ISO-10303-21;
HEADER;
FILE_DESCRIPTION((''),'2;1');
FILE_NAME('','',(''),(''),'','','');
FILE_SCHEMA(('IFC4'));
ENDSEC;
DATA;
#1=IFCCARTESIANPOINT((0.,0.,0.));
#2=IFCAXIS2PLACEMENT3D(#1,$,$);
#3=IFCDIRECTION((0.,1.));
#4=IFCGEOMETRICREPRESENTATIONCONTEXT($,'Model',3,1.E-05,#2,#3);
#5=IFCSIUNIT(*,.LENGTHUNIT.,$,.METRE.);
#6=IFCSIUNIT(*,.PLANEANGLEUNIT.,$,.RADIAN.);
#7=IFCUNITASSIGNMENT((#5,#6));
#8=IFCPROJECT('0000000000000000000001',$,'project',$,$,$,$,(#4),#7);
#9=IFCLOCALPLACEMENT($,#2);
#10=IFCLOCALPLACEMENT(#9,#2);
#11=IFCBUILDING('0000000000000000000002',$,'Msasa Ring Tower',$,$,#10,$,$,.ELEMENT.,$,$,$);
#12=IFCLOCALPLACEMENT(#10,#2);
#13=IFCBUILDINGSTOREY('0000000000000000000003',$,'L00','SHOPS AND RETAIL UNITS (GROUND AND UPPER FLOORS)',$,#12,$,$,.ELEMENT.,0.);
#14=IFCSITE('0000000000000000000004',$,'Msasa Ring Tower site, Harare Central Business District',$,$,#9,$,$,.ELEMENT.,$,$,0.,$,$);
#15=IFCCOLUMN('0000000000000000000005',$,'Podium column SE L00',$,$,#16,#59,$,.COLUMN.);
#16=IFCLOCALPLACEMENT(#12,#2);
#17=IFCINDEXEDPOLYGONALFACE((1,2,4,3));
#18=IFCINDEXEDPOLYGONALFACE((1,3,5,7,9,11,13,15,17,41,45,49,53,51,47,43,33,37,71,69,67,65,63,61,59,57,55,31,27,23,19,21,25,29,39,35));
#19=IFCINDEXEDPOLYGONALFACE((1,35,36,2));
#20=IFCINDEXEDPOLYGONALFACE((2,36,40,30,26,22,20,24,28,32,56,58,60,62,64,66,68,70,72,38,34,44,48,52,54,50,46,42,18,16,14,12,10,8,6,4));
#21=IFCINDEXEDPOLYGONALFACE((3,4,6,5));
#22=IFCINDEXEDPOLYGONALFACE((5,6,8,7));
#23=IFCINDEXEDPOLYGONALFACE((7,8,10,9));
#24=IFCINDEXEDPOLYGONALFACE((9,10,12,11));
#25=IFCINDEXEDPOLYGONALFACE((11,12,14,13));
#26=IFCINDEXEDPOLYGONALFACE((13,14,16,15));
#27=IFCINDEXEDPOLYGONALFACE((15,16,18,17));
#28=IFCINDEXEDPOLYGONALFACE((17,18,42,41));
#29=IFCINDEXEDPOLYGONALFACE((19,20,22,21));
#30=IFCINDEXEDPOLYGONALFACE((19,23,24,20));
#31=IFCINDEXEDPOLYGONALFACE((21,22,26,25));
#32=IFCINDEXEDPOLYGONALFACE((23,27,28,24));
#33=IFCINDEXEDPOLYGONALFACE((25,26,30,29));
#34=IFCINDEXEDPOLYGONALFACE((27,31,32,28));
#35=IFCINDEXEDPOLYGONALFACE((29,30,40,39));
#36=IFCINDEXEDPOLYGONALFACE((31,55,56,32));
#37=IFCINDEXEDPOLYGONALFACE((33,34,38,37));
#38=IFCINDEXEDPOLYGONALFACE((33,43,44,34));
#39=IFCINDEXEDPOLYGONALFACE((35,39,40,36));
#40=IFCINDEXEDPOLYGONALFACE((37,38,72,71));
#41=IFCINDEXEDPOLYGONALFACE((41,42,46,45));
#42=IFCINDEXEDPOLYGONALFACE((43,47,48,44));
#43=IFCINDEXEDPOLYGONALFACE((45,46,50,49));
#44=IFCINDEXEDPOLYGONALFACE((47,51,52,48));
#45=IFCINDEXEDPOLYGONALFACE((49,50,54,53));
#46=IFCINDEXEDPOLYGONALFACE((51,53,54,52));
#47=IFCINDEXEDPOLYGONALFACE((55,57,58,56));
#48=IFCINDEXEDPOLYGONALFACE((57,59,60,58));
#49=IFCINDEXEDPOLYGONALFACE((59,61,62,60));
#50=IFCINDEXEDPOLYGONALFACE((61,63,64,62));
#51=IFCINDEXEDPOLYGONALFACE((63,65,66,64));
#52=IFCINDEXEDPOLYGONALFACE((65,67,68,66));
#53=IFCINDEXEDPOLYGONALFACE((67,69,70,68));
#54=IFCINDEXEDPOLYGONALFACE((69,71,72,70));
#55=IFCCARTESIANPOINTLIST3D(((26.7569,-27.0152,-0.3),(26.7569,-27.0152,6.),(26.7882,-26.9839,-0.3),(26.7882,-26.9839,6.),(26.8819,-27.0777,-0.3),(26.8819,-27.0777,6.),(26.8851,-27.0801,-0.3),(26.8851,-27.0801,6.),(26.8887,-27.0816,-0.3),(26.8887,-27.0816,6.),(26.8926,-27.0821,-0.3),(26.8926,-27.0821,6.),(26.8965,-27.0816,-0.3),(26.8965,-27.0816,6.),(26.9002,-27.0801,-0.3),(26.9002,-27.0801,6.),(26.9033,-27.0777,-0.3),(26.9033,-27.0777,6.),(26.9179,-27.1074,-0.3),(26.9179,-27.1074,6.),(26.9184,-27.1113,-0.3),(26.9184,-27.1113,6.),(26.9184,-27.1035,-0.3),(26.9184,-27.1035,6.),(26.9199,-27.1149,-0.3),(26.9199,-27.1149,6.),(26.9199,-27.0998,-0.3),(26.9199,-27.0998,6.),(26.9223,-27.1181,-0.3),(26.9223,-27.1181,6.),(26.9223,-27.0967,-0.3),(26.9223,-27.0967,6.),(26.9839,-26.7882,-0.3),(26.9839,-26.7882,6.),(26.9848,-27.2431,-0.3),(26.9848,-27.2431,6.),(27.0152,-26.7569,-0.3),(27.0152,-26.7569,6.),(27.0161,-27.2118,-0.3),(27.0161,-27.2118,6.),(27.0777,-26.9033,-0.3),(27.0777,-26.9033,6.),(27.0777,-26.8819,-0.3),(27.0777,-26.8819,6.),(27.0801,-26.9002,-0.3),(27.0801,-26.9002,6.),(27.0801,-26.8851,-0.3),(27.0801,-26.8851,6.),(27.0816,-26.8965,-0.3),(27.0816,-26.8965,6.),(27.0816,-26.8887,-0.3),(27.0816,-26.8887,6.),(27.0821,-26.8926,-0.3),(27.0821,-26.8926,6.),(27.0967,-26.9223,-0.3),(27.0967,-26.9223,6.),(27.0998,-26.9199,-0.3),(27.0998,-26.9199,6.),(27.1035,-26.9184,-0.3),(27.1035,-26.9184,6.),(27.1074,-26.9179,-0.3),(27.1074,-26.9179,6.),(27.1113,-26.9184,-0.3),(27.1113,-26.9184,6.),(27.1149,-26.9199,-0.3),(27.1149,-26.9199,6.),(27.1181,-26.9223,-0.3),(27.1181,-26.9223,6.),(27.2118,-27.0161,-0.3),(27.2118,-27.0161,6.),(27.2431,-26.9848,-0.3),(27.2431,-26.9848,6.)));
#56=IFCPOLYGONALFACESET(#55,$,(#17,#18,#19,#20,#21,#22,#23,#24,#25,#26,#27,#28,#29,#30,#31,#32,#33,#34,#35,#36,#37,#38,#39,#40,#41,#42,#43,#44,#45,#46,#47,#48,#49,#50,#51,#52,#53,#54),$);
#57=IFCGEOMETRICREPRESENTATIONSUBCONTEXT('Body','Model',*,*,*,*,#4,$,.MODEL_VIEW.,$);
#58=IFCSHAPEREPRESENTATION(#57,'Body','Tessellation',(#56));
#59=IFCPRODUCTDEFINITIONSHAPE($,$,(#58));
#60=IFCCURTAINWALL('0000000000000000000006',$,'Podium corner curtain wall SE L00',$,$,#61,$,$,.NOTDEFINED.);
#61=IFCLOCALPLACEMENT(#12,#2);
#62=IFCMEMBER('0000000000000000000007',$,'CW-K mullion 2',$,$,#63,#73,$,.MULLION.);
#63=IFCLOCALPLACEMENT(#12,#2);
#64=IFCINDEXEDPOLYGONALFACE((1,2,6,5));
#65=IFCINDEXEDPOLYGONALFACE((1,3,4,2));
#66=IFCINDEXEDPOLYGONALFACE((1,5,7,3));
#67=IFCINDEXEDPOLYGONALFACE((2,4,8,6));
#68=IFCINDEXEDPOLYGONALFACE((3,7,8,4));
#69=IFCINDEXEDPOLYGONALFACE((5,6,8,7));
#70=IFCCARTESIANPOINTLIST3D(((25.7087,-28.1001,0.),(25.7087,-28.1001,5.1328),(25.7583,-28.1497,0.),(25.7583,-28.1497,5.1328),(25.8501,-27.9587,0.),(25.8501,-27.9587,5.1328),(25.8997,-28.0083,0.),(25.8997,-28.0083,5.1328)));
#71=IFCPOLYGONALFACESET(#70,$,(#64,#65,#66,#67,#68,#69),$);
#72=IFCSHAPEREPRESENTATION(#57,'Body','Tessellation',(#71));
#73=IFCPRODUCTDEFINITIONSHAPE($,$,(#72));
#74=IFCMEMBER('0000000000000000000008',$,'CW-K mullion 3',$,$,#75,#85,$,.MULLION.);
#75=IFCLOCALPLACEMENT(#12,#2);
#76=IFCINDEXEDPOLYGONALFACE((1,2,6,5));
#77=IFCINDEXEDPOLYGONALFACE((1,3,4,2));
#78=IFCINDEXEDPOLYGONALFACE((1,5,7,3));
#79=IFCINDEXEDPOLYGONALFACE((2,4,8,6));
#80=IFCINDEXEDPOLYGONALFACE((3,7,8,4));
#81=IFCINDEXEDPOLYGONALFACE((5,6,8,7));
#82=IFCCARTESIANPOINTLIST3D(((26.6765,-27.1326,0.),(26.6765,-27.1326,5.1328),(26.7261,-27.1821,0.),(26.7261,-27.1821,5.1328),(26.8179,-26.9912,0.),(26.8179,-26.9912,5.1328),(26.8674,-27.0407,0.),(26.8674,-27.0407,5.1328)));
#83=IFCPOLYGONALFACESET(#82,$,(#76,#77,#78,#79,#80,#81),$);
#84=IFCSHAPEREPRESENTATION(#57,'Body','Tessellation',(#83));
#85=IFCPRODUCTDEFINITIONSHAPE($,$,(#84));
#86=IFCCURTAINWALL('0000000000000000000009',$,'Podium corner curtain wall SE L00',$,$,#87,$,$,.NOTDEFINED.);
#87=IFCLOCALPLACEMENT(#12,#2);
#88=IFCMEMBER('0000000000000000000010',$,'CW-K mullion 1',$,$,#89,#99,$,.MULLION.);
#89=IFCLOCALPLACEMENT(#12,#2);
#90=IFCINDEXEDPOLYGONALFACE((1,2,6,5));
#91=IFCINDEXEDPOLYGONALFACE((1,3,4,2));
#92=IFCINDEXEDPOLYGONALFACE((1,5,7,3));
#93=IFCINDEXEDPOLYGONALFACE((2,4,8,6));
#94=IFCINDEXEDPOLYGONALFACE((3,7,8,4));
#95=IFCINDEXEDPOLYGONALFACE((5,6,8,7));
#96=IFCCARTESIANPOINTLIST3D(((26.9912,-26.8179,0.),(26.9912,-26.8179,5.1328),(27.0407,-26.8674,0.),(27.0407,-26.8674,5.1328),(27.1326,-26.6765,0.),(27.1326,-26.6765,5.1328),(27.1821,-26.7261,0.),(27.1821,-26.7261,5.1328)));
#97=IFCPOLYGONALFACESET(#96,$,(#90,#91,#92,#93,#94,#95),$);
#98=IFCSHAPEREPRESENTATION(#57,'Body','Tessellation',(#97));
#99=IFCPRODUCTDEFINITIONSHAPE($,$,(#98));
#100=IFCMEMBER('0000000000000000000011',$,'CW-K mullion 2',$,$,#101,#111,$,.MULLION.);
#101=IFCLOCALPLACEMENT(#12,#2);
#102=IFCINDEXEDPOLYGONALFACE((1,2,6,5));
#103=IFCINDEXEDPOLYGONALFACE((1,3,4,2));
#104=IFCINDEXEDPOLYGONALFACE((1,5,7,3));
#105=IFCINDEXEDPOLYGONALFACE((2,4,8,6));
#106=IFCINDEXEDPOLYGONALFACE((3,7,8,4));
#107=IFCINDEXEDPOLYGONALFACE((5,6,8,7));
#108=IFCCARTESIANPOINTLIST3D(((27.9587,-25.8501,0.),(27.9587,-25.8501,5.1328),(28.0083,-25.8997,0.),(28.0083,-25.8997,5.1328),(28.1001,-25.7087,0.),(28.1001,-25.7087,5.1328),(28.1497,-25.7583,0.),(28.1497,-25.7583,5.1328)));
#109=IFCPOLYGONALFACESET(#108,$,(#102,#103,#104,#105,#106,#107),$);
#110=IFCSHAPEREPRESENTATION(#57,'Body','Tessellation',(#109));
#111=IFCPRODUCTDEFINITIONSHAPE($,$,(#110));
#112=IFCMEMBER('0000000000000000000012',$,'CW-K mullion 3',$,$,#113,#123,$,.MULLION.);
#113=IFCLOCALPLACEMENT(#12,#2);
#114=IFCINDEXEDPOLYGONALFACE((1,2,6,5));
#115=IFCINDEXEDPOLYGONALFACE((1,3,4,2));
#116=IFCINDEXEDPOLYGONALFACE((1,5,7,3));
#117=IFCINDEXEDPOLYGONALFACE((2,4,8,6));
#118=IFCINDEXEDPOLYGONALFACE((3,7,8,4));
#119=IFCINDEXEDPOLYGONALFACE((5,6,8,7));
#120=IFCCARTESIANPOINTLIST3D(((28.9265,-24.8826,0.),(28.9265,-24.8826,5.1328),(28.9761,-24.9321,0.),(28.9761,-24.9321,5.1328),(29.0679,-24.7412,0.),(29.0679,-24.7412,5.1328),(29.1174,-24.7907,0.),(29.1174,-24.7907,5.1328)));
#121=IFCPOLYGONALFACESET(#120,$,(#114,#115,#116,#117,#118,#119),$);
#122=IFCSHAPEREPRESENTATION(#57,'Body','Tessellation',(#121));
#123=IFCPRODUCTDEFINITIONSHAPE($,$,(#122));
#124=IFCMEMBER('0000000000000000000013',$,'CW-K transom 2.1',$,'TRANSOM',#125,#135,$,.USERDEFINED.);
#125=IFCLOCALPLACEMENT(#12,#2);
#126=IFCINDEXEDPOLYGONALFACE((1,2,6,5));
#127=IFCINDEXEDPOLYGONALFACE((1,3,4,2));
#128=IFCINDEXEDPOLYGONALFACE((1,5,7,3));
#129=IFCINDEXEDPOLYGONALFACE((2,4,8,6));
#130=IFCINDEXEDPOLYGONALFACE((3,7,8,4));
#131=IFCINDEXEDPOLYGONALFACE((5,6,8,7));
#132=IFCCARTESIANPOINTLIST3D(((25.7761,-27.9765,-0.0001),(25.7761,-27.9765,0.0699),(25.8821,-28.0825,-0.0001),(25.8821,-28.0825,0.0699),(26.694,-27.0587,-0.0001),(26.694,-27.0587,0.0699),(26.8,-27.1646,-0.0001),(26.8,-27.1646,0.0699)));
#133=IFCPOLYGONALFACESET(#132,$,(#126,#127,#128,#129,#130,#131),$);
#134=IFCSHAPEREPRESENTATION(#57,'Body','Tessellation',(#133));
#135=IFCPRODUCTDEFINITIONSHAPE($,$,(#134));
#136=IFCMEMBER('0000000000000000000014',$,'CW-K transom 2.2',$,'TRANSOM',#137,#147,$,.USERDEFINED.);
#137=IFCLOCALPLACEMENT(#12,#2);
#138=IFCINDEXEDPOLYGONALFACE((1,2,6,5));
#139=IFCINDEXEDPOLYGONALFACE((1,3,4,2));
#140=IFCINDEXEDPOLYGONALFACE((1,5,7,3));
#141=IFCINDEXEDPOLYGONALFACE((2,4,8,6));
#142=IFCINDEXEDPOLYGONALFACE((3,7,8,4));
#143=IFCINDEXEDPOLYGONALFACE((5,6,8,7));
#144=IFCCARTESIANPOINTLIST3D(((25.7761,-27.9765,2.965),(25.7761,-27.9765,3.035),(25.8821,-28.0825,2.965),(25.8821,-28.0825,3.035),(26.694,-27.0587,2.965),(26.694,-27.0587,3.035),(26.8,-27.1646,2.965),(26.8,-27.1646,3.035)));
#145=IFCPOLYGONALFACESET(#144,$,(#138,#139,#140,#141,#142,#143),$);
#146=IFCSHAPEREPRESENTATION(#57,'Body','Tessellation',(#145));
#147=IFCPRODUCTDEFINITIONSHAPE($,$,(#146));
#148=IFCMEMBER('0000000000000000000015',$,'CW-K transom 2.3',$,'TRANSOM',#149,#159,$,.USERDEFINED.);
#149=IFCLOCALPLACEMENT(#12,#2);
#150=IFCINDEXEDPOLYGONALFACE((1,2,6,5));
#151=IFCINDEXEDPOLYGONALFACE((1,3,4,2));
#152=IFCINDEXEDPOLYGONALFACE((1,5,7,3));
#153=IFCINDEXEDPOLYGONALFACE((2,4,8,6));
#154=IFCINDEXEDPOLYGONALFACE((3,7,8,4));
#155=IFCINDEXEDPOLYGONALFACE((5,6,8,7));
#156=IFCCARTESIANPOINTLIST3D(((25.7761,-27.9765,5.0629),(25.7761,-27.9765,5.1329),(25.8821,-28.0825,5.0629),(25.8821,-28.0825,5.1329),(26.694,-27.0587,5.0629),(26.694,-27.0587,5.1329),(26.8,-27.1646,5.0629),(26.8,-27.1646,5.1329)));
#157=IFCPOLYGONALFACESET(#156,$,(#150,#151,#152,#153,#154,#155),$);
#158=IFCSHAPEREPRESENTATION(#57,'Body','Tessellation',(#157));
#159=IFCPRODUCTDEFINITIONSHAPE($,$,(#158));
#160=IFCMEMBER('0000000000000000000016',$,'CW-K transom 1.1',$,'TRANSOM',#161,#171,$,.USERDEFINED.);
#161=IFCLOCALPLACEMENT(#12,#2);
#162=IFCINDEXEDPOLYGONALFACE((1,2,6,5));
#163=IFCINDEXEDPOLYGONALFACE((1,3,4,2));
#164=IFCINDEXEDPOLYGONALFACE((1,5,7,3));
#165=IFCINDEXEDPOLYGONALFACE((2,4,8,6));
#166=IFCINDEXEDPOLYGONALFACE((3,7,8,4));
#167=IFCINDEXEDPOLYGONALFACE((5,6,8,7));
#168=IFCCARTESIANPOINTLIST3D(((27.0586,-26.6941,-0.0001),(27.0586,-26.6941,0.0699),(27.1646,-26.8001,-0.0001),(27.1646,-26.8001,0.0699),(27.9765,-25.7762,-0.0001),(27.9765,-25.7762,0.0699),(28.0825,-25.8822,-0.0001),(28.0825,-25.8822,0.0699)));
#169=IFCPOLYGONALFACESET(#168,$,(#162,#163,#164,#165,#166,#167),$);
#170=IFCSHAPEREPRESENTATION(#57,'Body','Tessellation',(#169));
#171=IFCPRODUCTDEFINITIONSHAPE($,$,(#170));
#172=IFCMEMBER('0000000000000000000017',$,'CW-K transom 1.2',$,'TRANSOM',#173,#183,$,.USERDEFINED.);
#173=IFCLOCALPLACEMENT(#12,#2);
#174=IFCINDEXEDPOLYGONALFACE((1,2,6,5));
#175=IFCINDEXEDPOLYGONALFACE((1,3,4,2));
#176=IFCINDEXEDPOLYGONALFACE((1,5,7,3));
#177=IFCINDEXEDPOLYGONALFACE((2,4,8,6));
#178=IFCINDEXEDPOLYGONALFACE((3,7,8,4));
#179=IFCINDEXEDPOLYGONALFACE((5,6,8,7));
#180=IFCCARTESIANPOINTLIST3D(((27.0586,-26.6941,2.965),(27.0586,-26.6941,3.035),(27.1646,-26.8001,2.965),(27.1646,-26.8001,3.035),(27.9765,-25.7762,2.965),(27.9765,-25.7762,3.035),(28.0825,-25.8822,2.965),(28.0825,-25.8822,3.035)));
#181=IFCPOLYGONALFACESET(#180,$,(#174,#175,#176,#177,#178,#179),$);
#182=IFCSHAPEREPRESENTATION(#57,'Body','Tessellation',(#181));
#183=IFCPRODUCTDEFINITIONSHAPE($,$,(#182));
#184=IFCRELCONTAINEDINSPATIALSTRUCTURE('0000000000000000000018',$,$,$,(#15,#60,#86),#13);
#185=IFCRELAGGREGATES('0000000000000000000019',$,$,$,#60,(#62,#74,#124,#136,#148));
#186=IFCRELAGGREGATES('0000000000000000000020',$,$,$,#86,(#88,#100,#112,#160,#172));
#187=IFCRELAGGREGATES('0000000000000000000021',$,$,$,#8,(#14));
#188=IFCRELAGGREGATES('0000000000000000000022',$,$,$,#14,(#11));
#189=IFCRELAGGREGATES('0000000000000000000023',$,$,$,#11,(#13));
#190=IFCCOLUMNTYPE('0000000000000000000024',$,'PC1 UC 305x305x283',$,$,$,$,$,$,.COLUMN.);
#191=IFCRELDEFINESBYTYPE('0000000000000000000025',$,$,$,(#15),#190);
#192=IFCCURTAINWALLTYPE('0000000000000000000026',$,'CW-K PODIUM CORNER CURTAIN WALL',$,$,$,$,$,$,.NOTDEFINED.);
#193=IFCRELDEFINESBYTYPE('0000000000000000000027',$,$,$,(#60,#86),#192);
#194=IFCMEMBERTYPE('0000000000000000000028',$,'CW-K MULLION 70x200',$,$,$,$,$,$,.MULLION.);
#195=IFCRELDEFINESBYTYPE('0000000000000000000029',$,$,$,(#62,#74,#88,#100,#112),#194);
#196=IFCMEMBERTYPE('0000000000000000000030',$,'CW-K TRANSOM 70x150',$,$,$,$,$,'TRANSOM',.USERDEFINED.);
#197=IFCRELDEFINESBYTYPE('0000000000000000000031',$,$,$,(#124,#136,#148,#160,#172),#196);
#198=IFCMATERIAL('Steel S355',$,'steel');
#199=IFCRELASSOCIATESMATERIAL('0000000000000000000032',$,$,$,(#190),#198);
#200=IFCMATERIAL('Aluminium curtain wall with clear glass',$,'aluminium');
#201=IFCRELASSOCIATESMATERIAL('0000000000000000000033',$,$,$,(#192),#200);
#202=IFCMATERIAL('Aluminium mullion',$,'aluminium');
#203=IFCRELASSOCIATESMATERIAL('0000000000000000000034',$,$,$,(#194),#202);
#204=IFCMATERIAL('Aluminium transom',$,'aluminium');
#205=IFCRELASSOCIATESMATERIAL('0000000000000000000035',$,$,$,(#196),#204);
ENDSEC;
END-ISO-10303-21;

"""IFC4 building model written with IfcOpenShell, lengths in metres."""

from ifc_helpers import new_model, si_unit, direction, frame, origin, origin_2d, place, context, subcontext, project, spatial, rectangle, i_section, extrude, material, material_profile, profile_set, type_object, element, aggregate, save


model = new_model("IFC4")

# Units and contexts
model_context = context("Model", 3, precision=1e-05, world=origin(), true_north=direction((0.0, 1.0)))
body_context = subcontext(model_context, "Body", "Model", "MODEL_VIEW")
ifc_project = project(units=[si_unit("LENGTHUNIT", "METRE"), si_unit("PLANEANGLEUNIT", "RADIAN")], contexts=[model_context])

# Site, building, storey
site_placement = place(None, origin())
site = spatial("IfcSite", under=ifc_project, at=site_placement, Name="Msasa Ring Tower site, Harare Central Business District", CompositionType="ELEMENT", RefElevation=0.0)
building_placement = place(site_placement, origin())
building = spatial("IfcBuilding", under=site, at=building_placement, Name="Msasa Ring Tower", CompositionType="ELEMENT")
storey_placement = place(building_placement, origin())
storey = spatial("IfcBuildingStorey", under=building, at=storey_placement, Name="L00", Description="SHOPS AND RETAIL UNITS (GROUND AND UPPER FLOORS)", CompositionType="ELEMENT", Elevation=0.0)

# Column
ifc_material_1 = material(Name="Steel S355", Category="steel")
ifc_material_profile_1 = material_profile(ifc_material_1, i_section(OverallWidth=0.3223, OverallDepth=0.3652, WebThickness=0.0269, FlangeThickness=0.0442, FilletRadius=0.0151, at=origin_2d()), Name="UC 305x305x283")
ifc_profile_set_1 = profile_set([ifc_material_profile_1], Name="Steel S355")
column_type = type_object("IfcColumnType", Name="PC1 UC 305x305x283", PredefinedType="COLUMN", material=ifc_profile_set_1)
for number, where, z_axis, x_axis, name in (
    (1, (27.0, -27.0, -0.3), (0.0, 0.0, 1.0), (0.707107, -0.707107, 0.0), "Podium column SE L00"),
):
    element("IfcColumn", number, at=place(storey_placement, frame(where, z_axis=z_axis, x_axis=x_axis)), inside=storey, type_object=column_type, Name=name, PredefinedType="COLUMN", context=body_context, shape_type="SweptSolid", body=[
        extrude(i_section(OverallWidth=0.3223, OverallDepth=0.3652, WebThickness=0.0269, FlangeThickness=0.0442, FilletRadius=0.0151, at=origin_2d()), origin(), (0.0, 0.0, 1.0), 6.3),
    ])

# Curtain walls, members
ifc_material_2 = material(Name="Aluminium curtain wall with clear glass", Category="aluminium")
curtain_wall_type = type_object("IfcCurtainWallType", Name="CW-K PODIUM CORNER CURTAIN WALL", PredefinedType="NOTDEFINED", material=ifc_material_2)
curtain_wall_1_placement = place(storey_placement, origin())
curtain_wall_1 = element("IfcCurtainWall", 2, at=curtain_wall_1_placement, inside=storey, type_object=curtain_wall_type, Name="Podium corner curtain wall SE L00", PredefinedType="NOTDEFINED")
ifc_material_3 = material(Name="Aluminium mullion", Category="aluminium")
ifc_material_profile_2 = material_profile(ifc_material_3, rectangle(XDim=0.0701, YDim=0.2, at=origin_2d()), Name="AL 70x200")
ifc_profile_set_2 = profile_set([ifc_material_profile_2], Name="Aluminium mullion")
member_type_1 = type_object("IfcMemberType", Name="CW-K MULLION 70x200", PredefinedType="MULLION", material=ifc_profile_set_2)
member_1_placement = place(storey_placement, frame((25.8042, -28.0542, 0.0), z_axis=(0.0, 0.0, 1.0), x_axis=(-0.707107, 0.707107, 0.0)))
member_1 = element("IfcMember", 3, at=member_1_placement, type_object=member_type_1, Name="CW-K mullion 2", PredefinedType="MULLION", context=body_context, shape_type="SweptSolid", body=[
    extrude(rectangle(XDim=0.0701, YDim=0.2, at=origin_2d()), origin(), (0.0, 0.0, 1.0), 5.1328),
])
member_2_placement = place(storey_placement, frame((26.772, -27.0867, 0.0), z_axis=(0.0, 0.0, 1.0), x_axis=(-0.707107, 0.707107, 0.0)))
member_2 = element("IfcMember", 4, at=member_2_placement, type_object=member_type_1, Name="CW-K mullion 3", PredefinedType="MULLION", context=body_context, shape_type="SweptSolid", body=[
    extrude(rectangle(XDim=0.0701, YDim=0.2, at=origin_2d()), origin(), (0.0, 0.0, 1.0), 5.1328),
])
curtain_wall_2_placement = place(storey_placement, origin())
curtain_wall_2 = element("IfcCurtainWall", 5, at=curtain_wall_2_placement, inside=storey, type_object=curtain_wall_type, Name="Podium corner curtain wall SE L00", PredefinedType="NOTDEFINED")
member_3_placement = place(storey_placement, frame((27.0867, -26.772, 0.0), z_axis=(0.0, 0.0, 1.0), x_axis=(-0.707107, 0.707107, 0.0)))
member_3 = element("IfcMember", 6, at=member_3_placement, type_object=member_type_1, Name="CW-K mullion 1", PredefinedType="MULLION", context=body_context, shape_type="SweptSolid", body=[
    extrude(rectangle(XDim=0.0701, YDim=0.2, at=origin_2d()), origin(), (0.0, 0.0, 1.0), 5.1328),
])
member_4_placement = place(storey_placement, frame((28.0542, -25.8042, 0.0), z_axis=(0.0, 0.0, 1.0), x_axis=(-0.707107, 0.707107, 0.0)))
member_4 = element("IfcMember", 7, at=member_4_placement, type_object=member_type_1, Name="CW-K mullion 2", PredefinedType="MULLION", context=body_context, shape_type="SweptSolid", body=[
    extrude(rectangle(XDim=0.0701, YDim=0.2, at=origin_2d()), origin(), (0.0, 0.0, 1.0), 5.1328),
])
member_5_placement = place(storey_placement, frame((29.022, -24.8367, 0.0), z_axis=(0.0, 0.0, 1.0), x_axis=(-0.707107, 0.707107, 0.0)))
member_5 = element("IfcMember", 8, at=member_5_placement, type_object=member_type_1, Name="CW-K mullion 3", PredefinedType="MULLION", context=body_context, shape_type="SweptSolid", body=[
    extrude(rectangle(XDim=0.0701, YDim=0.2, at=origin_2d()), origin(), (0.0, 0.0, 1.0), 5.1328),
])

# Members
ifc_material_4 = material(Name="Aluminium transom", Category="aluminium")
ifc_material_profile_3 = material_profile(ifc_material_4, rectangle(XDim=0.1499, YDim=0.0701, at=origin_2d()), Name="AL 70x150")
ifc_profile_set_3 = profile_set([ifc_material_profile_3], Name="Aluminium transom")
member_type_2 = type_object("IfcMemberType", Name="CW-K TRANSOM 70x150", ElementType="TRANSOM", PredefinedType="USERDEFINED", material=ifc_profile_set_3)
member_6_placement = place(storey_placement, frame((25.8291, -28.0295, 0.0349), z_axis=(0.707107, 0.707107, 0.0), x_axis=(-0.707107, 0.707107, 0.0)))
member_6 = element("IfcMember", 9, at=member_6_placement, type_object=member_type_2, Name="CW-K transom 2.1", ObjectType="TRANSOM", PredefinedType="USERDEFINED", context=body_context, shape_type="SweptSolid", body=[
    extrude(rectangle(XDim=0.1499, YDim=0.0701, at=origin_2d()), origin(), (0.0, 0.0, 1.0), 1.2981),
])
member_7_placement = place(storey_placement, frame((25.8291, -28.0295, 3.0), z_axis=(0.707107, 0.707107, 0.0), x_axis=(-0.707107, 0.707107, 0.0)))
member_7 = element("IfcMember", 10, at=member_7_placement, type_object=member_type_2, Name="CW-K transom 2.2", ObjectType="TRANSOM", PredefinedType="USERDEFINED", context=body_context, shape_type="SweptSolid", body=[
    extrude(rectangle(XDim=0.1499, YDim=0.0701, at=origin_2d()), origin(), (0.0, 0.0, 1.0), 1.2981),
])
member_8_placement = place(storey_placement, frame((25.8291, -28.0295, 5.0979), z_axis=(0.707107, 0.707107, 0.0), x_axis=(-0.707107, 0.707107, 0.0)))
member_8 = element("IfcMember", 11, at=member_8_placement, type_object=member_type_2, Name="CW-K transom 2.3", ObjectType="TRANSOM", PredefinedType="USERDEFINED", context=body_context, shape_type="SweptSolid", body=[
    extrude(rectangle(XDim=0.1499, YDim=0.0701, at=origin_2d()), origin(), (0.0, 0.0, 1.0), 1.2981),
])
member_9_placement = place(storey_placement, frame((27.1116, -26.7471, 0.0349), z_axis=(0.707107, 0.707107, 0.0), x_axis=(-0.707107, 0.707107, 0.0)))
member_9 = element("IfcMember", 12, at=member_9_placement, type_object=member_type_2, Name="CW-K transom 1.1", ObjectType="TRANSOM", PredefinedType="USERDEFINED", context=body_context, shape_type="SweptSolid", body=[
    extrude(rectangle(XDim=0.1499, YDim=0.0701, at=origin_2d()), origin(), (0.0, 0.0, 1.0), 1.2981),
])
member_10_placement = place(storey_placement, frame((27.1116, -26.7471, 3.0), z_axis=(0.707107, 0.707107, 0.0), x_axis=(-0.707107, 0.707107, 0.0)))
member_10 = element("IfcMember", 13, at=member_10_placement, type_object=member_type_2, Name="CW-K transom 1.2", ObjectType="TRANSOM", PredefinedType="USERDEFINED", context=body_context, shape_type="SweptSolid", body=[
    extrude(rectangle(XDim=0.1499, YDim=0.0701, at=origin_2d()), origin(), (0.0, 0.0, 1.0), 1.2981),
])

aggregate(curtain_wall_1, [member_1, member_2, member_6, member_7, member_8])
aggregate(curtain_wall_2, [member_3, member_4, member_5, member_9, member_10])

save(model, "model.ifc")
